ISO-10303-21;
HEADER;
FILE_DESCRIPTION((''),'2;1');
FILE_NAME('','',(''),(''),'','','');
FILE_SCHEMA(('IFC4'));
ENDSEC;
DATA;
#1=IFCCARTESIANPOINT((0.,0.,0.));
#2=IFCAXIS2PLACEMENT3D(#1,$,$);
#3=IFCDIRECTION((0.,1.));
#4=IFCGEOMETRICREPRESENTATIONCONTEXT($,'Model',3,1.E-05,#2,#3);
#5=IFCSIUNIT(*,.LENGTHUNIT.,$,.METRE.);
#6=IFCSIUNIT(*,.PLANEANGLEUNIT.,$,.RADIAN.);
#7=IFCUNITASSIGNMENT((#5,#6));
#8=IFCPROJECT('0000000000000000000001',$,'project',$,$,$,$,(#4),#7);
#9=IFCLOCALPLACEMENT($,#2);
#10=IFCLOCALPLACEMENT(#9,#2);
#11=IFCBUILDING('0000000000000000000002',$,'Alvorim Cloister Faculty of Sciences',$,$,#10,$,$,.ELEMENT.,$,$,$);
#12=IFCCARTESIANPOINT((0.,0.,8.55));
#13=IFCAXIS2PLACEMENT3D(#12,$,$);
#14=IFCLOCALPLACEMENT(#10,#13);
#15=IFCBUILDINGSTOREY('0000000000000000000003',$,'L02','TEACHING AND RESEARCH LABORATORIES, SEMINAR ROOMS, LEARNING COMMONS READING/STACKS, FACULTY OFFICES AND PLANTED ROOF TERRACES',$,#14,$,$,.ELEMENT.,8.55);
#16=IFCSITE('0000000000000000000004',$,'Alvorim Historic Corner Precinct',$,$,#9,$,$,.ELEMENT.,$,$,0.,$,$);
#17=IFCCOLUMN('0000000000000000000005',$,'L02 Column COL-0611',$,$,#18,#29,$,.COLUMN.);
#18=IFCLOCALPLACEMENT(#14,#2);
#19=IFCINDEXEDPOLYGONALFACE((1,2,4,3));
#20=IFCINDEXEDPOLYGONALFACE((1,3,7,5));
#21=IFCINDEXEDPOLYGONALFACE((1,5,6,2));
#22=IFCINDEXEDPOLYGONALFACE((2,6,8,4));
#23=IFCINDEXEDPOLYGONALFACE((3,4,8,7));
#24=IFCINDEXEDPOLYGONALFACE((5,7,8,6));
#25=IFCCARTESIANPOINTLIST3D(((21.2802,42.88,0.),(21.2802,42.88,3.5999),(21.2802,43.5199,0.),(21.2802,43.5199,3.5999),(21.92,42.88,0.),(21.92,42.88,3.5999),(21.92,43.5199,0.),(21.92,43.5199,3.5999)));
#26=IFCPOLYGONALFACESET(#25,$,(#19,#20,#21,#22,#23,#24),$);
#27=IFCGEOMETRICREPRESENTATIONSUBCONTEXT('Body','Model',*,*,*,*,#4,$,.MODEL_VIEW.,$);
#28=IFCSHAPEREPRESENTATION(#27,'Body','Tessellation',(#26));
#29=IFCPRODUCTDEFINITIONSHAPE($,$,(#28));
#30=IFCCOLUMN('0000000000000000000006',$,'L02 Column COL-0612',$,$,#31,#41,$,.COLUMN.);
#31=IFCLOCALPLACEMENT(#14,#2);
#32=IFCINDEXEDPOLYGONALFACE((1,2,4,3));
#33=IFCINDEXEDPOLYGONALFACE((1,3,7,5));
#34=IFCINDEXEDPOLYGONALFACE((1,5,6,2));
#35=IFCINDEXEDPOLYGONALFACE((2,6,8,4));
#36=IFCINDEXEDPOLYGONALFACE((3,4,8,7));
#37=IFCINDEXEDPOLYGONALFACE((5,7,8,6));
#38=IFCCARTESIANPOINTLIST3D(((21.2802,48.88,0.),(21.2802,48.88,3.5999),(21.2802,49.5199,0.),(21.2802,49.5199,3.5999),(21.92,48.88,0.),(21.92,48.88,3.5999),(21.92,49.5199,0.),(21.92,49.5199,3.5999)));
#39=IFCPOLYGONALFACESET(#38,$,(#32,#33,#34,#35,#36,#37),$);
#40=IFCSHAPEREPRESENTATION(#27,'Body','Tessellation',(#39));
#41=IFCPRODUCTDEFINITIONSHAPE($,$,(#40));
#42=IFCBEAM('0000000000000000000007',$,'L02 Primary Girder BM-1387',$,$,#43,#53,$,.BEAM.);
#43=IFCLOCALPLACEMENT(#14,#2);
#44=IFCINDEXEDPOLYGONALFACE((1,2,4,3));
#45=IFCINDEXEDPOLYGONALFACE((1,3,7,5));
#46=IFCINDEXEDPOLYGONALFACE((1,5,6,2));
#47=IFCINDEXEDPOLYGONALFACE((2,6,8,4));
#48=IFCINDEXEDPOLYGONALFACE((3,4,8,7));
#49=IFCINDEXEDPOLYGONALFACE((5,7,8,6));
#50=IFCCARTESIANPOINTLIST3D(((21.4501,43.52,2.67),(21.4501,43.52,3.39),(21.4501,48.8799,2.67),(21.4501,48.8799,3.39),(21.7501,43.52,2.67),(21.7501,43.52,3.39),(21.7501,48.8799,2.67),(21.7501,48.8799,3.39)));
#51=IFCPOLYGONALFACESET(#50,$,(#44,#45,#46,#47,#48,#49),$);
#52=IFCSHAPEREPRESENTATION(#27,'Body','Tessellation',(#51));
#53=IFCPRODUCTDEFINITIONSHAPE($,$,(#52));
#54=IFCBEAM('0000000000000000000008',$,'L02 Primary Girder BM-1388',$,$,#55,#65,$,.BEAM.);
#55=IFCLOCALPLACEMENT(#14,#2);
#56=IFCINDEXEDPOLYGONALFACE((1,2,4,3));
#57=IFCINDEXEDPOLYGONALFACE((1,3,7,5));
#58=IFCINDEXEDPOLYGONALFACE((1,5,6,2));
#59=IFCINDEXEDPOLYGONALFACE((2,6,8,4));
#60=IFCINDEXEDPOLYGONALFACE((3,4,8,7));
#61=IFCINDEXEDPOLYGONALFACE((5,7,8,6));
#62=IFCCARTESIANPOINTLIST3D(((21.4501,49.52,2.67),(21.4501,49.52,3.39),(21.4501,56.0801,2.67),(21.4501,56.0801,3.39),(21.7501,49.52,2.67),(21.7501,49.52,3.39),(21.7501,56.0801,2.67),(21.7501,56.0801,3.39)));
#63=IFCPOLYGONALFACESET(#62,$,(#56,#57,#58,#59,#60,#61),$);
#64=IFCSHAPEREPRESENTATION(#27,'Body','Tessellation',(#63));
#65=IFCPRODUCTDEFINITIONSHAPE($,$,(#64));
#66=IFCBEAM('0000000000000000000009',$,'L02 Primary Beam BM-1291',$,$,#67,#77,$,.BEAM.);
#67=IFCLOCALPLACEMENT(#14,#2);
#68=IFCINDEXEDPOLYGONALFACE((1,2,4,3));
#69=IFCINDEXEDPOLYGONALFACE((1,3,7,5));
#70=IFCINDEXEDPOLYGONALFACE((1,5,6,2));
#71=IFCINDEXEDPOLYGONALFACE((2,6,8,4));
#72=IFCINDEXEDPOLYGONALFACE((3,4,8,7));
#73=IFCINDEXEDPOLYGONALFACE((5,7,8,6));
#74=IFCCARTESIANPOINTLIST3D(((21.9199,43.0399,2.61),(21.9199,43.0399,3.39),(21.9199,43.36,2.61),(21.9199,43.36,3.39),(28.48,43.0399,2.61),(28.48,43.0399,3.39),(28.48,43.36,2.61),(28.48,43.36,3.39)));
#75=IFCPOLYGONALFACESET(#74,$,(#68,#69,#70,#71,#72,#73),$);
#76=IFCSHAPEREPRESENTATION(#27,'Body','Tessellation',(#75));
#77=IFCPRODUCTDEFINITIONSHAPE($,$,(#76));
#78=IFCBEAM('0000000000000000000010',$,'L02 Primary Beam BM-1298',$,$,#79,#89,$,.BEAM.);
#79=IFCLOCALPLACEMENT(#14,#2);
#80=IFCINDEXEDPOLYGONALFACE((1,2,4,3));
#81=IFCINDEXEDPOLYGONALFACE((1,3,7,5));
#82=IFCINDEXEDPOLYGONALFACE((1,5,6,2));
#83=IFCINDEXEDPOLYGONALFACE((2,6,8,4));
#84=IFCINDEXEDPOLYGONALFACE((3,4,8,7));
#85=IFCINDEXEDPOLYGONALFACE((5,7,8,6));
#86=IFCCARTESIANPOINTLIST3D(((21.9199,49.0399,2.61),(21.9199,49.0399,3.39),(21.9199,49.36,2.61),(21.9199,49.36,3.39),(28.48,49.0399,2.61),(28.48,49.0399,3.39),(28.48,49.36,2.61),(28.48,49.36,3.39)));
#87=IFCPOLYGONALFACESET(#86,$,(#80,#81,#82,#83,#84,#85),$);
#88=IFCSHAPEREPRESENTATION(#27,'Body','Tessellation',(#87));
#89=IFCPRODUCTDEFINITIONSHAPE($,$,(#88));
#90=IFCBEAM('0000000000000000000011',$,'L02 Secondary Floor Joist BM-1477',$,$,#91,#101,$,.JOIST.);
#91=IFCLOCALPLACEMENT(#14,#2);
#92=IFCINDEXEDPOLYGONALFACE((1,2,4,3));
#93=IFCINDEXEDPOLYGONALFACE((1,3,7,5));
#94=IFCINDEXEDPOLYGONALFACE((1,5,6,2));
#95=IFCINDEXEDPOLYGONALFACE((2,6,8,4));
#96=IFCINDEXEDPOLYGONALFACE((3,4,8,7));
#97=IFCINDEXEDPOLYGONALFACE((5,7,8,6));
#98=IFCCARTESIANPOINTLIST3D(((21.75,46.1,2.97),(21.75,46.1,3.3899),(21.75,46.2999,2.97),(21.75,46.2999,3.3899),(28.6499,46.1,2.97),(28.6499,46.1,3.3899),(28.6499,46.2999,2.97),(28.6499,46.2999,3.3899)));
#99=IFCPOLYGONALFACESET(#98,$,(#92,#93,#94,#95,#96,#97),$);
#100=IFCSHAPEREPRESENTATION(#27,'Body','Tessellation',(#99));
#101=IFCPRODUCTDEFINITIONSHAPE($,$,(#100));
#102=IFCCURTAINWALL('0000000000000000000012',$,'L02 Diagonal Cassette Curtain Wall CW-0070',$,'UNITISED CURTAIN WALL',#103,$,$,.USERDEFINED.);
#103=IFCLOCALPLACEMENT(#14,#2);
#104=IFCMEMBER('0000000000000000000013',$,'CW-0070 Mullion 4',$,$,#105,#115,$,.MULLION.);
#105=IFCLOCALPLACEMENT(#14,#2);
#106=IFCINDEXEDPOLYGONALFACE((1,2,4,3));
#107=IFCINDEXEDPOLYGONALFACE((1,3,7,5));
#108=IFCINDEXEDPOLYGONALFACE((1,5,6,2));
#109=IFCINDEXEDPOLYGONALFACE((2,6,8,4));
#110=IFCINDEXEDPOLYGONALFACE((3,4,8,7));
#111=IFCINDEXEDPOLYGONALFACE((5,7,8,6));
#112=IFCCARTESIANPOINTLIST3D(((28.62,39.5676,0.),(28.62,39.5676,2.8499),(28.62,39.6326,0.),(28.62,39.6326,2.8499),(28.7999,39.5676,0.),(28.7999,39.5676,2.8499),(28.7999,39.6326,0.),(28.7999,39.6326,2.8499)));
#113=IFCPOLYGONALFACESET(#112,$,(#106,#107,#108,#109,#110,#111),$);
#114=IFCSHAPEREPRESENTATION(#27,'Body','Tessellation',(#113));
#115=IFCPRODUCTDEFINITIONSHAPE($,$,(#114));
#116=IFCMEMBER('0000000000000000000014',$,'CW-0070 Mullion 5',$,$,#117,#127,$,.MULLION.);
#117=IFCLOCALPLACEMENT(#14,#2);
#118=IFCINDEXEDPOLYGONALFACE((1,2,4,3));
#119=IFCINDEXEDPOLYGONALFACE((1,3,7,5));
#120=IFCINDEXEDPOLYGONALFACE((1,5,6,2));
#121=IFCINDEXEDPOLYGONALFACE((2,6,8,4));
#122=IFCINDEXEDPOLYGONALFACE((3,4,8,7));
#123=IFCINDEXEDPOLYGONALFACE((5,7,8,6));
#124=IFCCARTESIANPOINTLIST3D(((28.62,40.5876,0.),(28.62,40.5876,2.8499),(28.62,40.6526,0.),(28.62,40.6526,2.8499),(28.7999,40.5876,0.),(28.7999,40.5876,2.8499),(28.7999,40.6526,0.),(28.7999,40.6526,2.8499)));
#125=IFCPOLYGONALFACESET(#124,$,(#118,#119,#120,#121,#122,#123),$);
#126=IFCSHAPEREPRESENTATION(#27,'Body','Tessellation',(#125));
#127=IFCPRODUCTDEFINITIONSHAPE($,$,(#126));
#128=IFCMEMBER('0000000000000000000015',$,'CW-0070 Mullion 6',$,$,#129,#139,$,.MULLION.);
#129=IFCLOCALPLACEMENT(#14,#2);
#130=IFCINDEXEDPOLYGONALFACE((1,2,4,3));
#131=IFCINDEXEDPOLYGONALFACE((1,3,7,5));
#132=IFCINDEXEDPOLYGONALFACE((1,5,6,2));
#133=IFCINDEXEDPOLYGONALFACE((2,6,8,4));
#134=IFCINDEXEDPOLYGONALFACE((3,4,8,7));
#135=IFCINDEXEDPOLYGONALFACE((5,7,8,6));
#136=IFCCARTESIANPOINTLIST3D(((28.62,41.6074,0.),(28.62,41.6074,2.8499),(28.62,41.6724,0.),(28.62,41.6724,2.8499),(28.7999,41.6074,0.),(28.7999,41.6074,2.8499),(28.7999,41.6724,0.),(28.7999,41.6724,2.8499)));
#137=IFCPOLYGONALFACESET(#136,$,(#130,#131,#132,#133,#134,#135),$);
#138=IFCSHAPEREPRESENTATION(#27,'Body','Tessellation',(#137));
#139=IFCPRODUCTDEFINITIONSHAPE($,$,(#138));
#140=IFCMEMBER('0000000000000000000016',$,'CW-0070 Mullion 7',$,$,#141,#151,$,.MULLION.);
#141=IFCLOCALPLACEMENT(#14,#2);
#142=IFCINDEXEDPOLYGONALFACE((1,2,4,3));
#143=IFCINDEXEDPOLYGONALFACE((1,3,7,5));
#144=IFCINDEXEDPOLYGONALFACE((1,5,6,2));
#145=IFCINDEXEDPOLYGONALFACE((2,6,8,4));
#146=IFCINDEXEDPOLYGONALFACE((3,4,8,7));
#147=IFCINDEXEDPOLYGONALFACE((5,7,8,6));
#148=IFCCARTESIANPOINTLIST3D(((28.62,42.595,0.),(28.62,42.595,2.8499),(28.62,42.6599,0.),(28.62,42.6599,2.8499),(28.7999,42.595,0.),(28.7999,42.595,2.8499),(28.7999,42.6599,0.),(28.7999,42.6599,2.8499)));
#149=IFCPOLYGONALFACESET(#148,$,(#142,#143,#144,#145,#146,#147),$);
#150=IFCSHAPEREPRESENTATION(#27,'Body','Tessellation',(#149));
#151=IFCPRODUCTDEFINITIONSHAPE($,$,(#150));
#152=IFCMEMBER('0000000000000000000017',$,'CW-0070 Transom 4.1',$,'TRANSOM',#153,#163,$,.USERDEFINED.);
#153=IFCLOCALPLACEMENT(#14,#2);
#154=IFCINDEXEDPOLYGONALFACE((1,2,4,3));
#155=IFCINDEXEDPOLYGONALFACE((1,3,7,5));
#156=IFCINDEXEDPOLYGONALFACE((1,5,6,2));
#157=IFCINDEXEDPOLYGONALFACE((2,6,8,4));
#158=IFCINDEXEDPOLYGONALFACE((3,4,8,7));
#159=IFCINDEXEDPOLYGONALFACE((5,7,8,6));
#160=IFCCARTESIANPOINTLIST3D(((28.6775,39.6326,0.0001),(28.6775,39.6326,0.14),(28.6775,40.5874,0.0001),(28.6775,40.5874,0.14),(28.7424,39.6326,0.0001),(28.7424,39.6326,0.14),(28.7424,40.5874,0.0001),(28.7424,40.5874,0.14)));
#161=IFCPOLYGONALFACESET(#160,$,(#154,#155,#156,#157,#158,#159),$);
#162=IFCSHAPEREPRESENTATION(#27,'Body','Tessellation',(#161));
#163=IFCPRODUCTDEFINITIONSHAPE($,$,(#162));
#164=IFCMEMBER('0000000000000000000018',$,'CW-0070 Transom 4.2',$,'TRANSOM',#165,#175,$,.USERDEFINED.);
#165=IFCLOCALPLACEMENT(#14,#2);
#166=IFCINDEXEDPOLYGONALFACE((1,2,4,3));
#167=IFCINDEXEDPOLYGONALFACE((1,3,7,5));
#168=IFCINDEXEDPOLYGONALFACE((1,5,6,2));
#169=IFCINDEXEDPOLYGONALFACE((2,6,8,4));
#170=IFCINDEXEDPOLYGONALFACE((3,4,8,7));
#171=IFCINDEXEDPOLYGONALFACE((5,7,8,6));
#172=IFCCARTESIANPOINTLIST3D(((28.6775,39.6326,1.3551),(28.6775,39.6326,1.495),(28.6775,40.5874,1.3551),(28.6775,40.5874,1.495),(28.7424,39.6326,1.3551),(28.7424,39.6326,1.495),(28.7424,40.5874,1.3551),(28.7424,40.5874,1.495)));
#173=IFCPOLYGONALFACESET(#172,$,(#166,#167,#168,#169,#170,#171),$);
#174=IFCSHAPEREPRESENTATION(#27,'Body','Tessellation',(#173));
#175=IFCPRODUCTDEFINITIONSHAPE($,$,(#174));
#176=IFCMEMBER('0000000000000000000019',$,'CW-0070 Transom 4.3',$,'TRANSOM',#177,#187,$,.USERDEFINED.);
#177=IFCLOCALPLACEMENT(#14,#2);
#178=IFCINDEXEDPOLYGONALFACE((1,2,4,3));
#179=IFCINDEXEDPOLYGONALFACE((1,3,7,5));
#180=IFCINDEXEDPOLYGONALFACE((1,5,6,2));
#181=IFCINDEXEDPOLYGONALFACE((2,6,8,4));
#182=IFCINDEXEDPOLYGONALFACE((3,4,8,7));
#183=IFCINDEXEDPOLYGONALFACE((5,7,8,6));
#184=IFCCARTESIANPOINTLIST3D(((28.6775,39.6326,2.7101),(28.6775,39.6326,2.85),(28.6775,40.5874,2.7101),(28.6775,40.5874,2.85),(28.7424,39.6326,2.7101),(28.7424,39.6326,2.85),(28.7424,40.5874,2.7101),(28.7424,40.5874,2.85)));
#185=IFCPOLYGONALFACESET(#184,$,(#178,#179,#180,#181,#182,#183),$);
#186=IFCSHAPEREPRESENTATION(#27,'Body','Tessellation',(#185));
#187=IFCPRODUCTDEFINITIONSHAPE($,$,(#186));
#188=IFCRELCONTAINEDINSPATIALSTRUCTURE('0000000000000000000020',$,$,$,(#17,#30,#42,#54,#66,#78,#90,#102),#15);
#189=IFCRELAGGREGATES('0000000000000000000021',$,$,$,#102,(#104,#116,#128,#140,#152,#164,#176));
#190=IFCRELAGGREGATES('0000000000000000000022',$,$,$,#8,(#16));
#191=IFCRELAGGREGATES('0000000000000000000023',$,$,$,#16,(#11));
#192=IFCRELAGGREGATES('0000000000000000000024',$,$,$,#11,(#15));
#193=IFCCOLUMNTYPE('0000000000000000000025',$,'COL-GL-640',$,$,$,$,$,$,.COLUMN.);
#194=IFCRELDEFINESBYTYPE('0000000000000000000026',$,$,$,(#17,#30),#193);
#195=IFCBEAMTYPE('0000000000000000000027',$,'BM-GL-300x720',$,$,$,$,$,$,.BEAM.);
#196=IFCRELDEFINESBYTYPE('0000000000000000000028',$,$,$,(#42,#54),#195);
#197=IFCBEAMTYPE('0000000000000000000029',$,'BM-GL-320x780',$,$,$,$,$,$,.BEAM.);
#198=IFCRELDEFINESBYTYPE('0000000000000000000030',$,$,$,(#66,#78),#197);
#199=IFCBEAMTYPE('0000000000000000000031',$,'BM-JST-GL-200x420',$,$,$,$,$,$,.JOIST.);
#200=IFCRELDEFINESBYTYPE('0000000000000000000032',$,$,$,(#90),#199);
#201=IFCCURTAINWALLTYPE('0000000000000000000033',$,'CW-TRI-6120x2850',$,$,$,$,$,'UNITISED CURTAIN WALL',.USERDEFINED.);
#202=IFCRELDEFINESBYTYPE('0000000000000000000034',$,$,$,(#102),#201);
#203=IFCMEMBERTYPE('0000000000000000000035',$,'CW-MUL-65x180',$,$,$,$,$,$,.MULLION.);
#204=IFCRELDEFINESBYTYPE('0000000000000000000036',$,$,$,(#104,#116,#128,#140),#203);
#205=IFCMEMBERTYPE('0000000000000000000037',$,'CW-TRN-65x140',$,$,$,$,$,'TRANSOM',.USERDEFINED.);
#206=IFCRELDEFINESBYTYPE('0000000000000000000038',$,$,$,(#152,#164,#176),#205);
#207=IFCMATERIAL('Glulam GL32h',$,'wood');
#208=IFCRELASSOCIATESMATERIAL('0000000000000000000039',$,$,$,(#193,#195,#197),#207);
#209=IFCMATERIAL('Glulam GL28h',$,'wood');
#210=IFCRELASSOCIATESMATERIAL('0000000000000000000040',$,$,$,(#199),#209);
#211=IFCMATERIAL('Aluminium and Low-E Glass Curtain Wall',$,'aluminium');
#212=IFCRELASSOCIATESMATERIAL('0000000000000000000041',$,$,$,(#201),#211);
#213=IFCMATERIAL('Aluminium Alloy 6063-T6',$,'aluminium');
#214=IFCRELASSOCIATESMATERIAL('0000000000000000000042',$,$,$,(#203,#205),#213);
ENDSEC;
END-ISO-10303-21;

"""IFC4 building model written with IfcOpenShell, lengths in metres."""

from ifc_helpers import new_model, si_unit, direction, frame, origin, origin_2d, place, context, subcontext, project, spatial, rectangle, extrude, material, material_profile, profile_set, type_object, element, aggregate, save


model = new_model("IFC4")

# Units and contexts
model_context = context("Model", 3, precision=1e-05, world=origin(), true_north=direction((0.0, 1.0)))
body_context = subcontext(model_context, "Body", "Model", "MODEL_VIEW")
ifc_project = project(units=[si_unit("LENGTHUNIT", "METRE"), si_unit("PLANEANGLEUNIT", "RADIAN")], contexts=[model_context])

# Site, building, storey
site_placement = place(None, origin())
site = spatial("IfcSite", under=ifc_project, at=site_placement, Name="Alvorim Historic Corner Precinct", CompositionType="ELEMENT", RefElevation=0.0)
building_placement = place(site_placement, origin())
building = spatial("IfcBuilding", under=site, at=building_placement, Name="Alvorim Cloister Faculty of Sciences", CompositionType="ELEMENT")
storey_placement = place(building_placement, frame((0.0, 0.0, 8.55)))
storey = spatial("IfcBuildingStorey", under=building, at=storey_placement, Name="L02", Description="TEACHING AND RESEARCH LABORATORIES, SEMINAR ROOMS, LEARNING COMMONS READING/STACKS, FACULTY OFFICES AND PLANTED ROOF TERRACES", CompositionType="ELEMENT", Elevation=8.55)

# Columns
ifc_material_1 = material(Name="Glulam GL32h", Category="wood")
ifc_material_profile_1 = material_profile(ifc_material_1, rectangle(XDim=0.6399, YDim=0.6399, at=origin_2d()), Name="GL32-COL-640x640")
ifc_profile_set_1 = profile_set([ifc_material_profile_1], Name="Glulam GL32h")
column_type = type_object("IfcColumnType", Name="COL-GL-640", PredefinedType="COLUMN", material=ifc_profile_set_1)
for number, where, z_axis, x_axis, name in (
    (1, (21.6001, 43.2, 0.0), (0.0, 0.0, 1.0), (1.0, 0.0, 0.0), "L02 Column COL-0611"),
    (2, (21.6001, 49.2, 0.0), (0.0, 0.0, 1.0), (1.0, 0.0, 0.0), "L02 Column COL-0612"),
):
    element("IfcColumn", number, at=place(storey_placement, frame(where, z_axis=z_axis, x_axis=x_axis)), inside=storey, type_object=column_type, Name=name, PredefinedType="COLUMN", context=body_context, shape_type="SweptSolid", body=[
        extrude(rectangle(XDim=0.6399, YDim=0.6399, at=origin_2d()), origin(), (0.0, 0.0, 1.0), 3.5999),
    ])

# Beams
ifc_material_profile_2 = material_profile(ifc_material_1, rectangle(XDim=0.3, YDim=0.72, at=origin_2d()), Name="GL32-BM-300x720")
ifc_profile_set_2 = profile_set([ifc_material_profile_2], Name="Glulam GL32h")
beam_type_1 = type_object("IfcBeamType", Name="BM-GL-300x720", PredefinedType="BEAM", material=ifc_profile_set_2)
beam_1_placement = place(storey_placement, frame((21.6001, 43.52, 3.03), z_axis=(0.0, 1.0, 0.0), x_axis=(-1.0, 0.0, 0.0)))
element("IfcBeam", 3, at=beam_1_placement, inside=storey, type_object=beam_type_1, Name="L02 Primary Girder BM-1387", PredefinedType="BEAM", context=body_context, shape_type="SweptSolid", body=[
    extrude(rectangle(XDim=0.3, YDim=0.72, at=origin_2d()), origin(), (0.0, 0.0, 1.0), 5.3599),
])
beam_2_placement = place(storey_placement, frame((21.6001, 49.52, 3.03), z_axis=(0.0, 1.0, 0.0), x_axis=(-1.0, 0.0, 0.0)))
element("IfcBeam", 4, at=beam_2_placement, inside=storey, type_object=beam_type_1, Name="L02 Primary Girder BM-1388", PredefinedType="BEAM", context=body_context, shape_type="SweptSolid", body=[
    extrude(rectangle(XDim=0.3, YDim=0.72, at=origin_2d()), origin(), (0.0, 0.0, 1.0), 6.5601),
])
ifc_material_profile_3 = material_profile(ifc_material_1, rectangle(XDim=0.3201, YDim=0.78, at=origin_2d()), Name="GL32-BM-320x780")
ifc_profile_set_3 = profile_set([ifc_material_profile_3], Name="Glulam GL32h")
beam_type_2 = type_object("IfcBeamType", Name="BM-GL-320x780", PredefinedType="BEAM", material=ifc_profile_set_3)
for number, where, z_axis, x_axis, name in (
    (5, (21.9199, 43.2, 3.0), (1.0, 0.0, 0.0), (0.0, 1.0, 0.0), "L02 Primary Beam BM-1291"),
    (6, (21.9199, 49.2, 3.0), (1.0, 0.0, 0.0), (0.0, 1.0, 0.0), "L02 Primary Beam BM-1298"),
):
    element("IfcBeam", number, at=place(storey_placement, frame(where, z_axis=z_axis, x_axis=x_axis)), inside=storey, type_object=beam_type_2, Name=name, PredefinedType="BEAM", context=body_context, shape_type="SweptSolid", body=[
        extrude(rectangle(XDim=0.3201, YDim=0.78, at=origin_2d()), origin(), (0.0, 0.0, 1.0), 6.5601),
    ])
ifc_material_2 = material(Name="Glulam GL28h", Category="wood")
ifc_material_profile_4 = material_profile(ifc_material_2, rectangle(XDim=0.2, YDim=0.4199, at=origin_2d()), Name="GL28-JST-200x420")
ifc_profile_set_4 = profile_set([ifc_material_profile_4], Name="Glulam GL28h")
beam_type_3 = type_object("IfcBeamType", Name="BM-JST-GL-200x420", PredefinedType="JOIST", material=ifc_profile_set_4)
beam_3_placement = place(storey_placement, frame((21.75, 46.2, 3.1799), z_axis=(1.0, 0.0, 0.0), x_axis=(0.0, 1.0, 0.0)))
element("IfcBeam", 7, at=beam_3_placement, inside=storey, type_object=beam_type_3, Name="L02 Secondary Floor Joist BM-1477", PredefinedType="JOIST", context=body_context, shape_type="SweptSolid", body=[
    extrude(rectangle(XDim=0.2, YDim=0.4199, at=origin_2d()), origin(), (0.0, 0.0, 1.0), 6.8999),
])

# Curtain wall, members
ifc_material_3 = material(Name="Aluminium and Low-E Glass Curtain Wall", Category="aluminium")
curtain_wall_type = type_object("IfcCurtainWallType", Name="CW-TRI-6120x2850", ElementType="UNITISED CURTAIN WALL", PredefinedType="USERDEFINED", material=ifc_material_3)
curtain_wall_placement = place(storey_placement, origin())
curtain_wall = element("IfcCurtainWall", 8, at=curtain_wall_placement, inside=storey, type_object=curtain_wall_type, Name="L02 Diagonal Cassette Curtain Wall CW-0070", ObjectType="UNITISED CURTAIN WALL", PredefinedType="USERDEFINED")
ifc_material_4 = material(Name="Aluminium Alloy 6063-T6", Category="aluminium")
ifc_material_profile_5 = material_profile(ifc_material_4, rectangle(XDim=0.0649, YDim=0.1799, at=origin_2d()), Name="ALU-MUL-65x180")
ifc_profile_set_5 = profile_set([ifc_material_profile_5], Name="Aluminium Alloy 6063-T6")
member_type_1 = type_object("IfcMemberType", Name="CW-MUL-65x180", PredefinedType="MULLION", material=ifc_profile_set_5)
member_1_placement = place(storey_placement, frame((28.71, 39.6001, 0.0), z_axis=(0.0, 0.0, 1.0), x_axis=(0.0, 1.0, 0.0)))
member_1 = element("IfcMember", 9, at=member_1_placement, type_object=member_type_1, Name="CW-0070 Mullion 4", PredefinedType="MULLION", context=body_context, shape_type="SweptSolid", body=[
    extrude(rectangle(XDim=0.0649, YDim=0.1799, at=origin_2d()), origin(), (0.0, 0.0, 1.0), 2.8499),
])
member_2_placement = place(storey_placement, frame((28.71, 40.6201, 0.0), z_axis=(0.0, 0.0, 1.0), x_axis=(0.0, 1.0, 0.0)))
member_2 = element("IfcMember", 10, at=member_2_placement, type_object=member_type_1, Name="CW-0070 Mullion 5", PredefinedType="MULLION", context=body_context, shape_type="SweptSolid", body=[
    extrude(rectangle(XDim=0.0649, YDim=0.1799, at=origin_2d()), origin(), (0.0, 0.0, 1.0), 2.8499),
])
member_3_placement = place(storey_placement, frame((28.71, 41.6399, 0.0), z_axis=(0.0, 0.0, 1.0), x_axis=(0.0, 1.0, 0.0)))
member_3 = element("IfcMember", 11, at=member_3_placement, type_object=member_type_1, Name="CW-0070 Mullion 6", PredefinedType="MULLION", context=body_context, shape_type="SweptSolid", body=[
    extrude(rectangle(XDim=0.0649, YDim=0.1799, at=origin_2d()), origin(), (0.0, 0.0, 1.0), 2.8499),
])
member_4_placement = place(storey_placement, frame((28.71, 42.6274, 0.0), z_axis=(0.0, 0.0, 1.0), x_axis=(0.0, 1.0, 0.0)))
member_4 = element("IfcMember", 12, at=member_4_placement, type_object=member_type_1, Name="CW-0070 Mullion 7", PredefinedType="MULLION", context=body_context, shape_type="SweptSolid", body=[
    extrude(rectangle(XDim=0.0649, YDim=0.1799, at=origin_2d()), origin(), (0.0, 0.0, 1.0), 2.8499),
])
ifc_material_profile_6 = material_profile(ifc_material_4, rectangle(XDim=0.0649, YDim=0.1399, at=origin_2d()), Name="ALU-TRN-65x140")
ifc_profile_set_6 = profile_set([ifc_material_profile_6], Name="Aluminium Alloy 6063-T6")
member_type_2 = type_object("IfcMemberType", Name="CW-TRN-65x140", ElementType="TRANSOM", PredefinedType="USERDEFINED", material=ifc_profile_set_6)
member_5_placement = place(storey_placement, frame((28.71, 39.6326, 0.0701), z_axis=(0.0, 1.0, 0.0), x_axis=(-1.0, 0.0, 0.0)))
member_5 = element("IfcMember", 13, at=member_5_placement, type_object=member_type_2, Name="CW-0070 Transom 4.1", ObjectType="TRANSOM", PredefinedType="USERDEFINED", context=body_context, shape_type="SweptSolid", body=[
    extrude(rectangle(XDim=0.0649, YDim=0.1399, at=origin_2d()), origin(), (0.0, 0.0, 1.0), 0.9548),
])
member_6_placement = place(storey_placement, frame((28.71, 39.6326, 1.425), z_axis=(0.0, 1.0, 0.0), x_axis=(-1.0, 0.0, 0.0)))
member_6 = element("IfcMember", 14, at=member_6_placement, type_object=member_type_2, Name="CW-0070 Transom 4.2", ObjectType="TRANSOM", PredefinedType="USERDEFINED", context=body_context, shape_type="SweptSolid", body=[
    extrude(rectangle(XDim=0.0649, YDim=0.1399, at=origin_2d()), origin(), (0.0, 0.0, 1.0), 0.9548),
])
member_7_placement = place(storey_placement, frame((28.71, 39.6326, 2.78), z_axis=(0.0, 1.0, 0.0), x_axis=(-1.0, 0.0, 0.0)))
member_7 = element("IfcMember", 15, at=member_7_placement, type_object=member_type_2, Name="CW-0070 Transom 4.3", ObjectType="TRANSOM", PredefinedType="USERDEFINED", context=body_context, shape_type="SweptSolid", body=[
    extrude(rectangle(XDim=0.0649, YDim=0.1399, at=origin_2d()), origin(), (0.0, 0.0, 1.0), 0.9548),
])
aggregate(curtain_wall, [member_1, member_2, member_3, member_4, member_5, member_6, member_7])

save(model, "model.ifc")
